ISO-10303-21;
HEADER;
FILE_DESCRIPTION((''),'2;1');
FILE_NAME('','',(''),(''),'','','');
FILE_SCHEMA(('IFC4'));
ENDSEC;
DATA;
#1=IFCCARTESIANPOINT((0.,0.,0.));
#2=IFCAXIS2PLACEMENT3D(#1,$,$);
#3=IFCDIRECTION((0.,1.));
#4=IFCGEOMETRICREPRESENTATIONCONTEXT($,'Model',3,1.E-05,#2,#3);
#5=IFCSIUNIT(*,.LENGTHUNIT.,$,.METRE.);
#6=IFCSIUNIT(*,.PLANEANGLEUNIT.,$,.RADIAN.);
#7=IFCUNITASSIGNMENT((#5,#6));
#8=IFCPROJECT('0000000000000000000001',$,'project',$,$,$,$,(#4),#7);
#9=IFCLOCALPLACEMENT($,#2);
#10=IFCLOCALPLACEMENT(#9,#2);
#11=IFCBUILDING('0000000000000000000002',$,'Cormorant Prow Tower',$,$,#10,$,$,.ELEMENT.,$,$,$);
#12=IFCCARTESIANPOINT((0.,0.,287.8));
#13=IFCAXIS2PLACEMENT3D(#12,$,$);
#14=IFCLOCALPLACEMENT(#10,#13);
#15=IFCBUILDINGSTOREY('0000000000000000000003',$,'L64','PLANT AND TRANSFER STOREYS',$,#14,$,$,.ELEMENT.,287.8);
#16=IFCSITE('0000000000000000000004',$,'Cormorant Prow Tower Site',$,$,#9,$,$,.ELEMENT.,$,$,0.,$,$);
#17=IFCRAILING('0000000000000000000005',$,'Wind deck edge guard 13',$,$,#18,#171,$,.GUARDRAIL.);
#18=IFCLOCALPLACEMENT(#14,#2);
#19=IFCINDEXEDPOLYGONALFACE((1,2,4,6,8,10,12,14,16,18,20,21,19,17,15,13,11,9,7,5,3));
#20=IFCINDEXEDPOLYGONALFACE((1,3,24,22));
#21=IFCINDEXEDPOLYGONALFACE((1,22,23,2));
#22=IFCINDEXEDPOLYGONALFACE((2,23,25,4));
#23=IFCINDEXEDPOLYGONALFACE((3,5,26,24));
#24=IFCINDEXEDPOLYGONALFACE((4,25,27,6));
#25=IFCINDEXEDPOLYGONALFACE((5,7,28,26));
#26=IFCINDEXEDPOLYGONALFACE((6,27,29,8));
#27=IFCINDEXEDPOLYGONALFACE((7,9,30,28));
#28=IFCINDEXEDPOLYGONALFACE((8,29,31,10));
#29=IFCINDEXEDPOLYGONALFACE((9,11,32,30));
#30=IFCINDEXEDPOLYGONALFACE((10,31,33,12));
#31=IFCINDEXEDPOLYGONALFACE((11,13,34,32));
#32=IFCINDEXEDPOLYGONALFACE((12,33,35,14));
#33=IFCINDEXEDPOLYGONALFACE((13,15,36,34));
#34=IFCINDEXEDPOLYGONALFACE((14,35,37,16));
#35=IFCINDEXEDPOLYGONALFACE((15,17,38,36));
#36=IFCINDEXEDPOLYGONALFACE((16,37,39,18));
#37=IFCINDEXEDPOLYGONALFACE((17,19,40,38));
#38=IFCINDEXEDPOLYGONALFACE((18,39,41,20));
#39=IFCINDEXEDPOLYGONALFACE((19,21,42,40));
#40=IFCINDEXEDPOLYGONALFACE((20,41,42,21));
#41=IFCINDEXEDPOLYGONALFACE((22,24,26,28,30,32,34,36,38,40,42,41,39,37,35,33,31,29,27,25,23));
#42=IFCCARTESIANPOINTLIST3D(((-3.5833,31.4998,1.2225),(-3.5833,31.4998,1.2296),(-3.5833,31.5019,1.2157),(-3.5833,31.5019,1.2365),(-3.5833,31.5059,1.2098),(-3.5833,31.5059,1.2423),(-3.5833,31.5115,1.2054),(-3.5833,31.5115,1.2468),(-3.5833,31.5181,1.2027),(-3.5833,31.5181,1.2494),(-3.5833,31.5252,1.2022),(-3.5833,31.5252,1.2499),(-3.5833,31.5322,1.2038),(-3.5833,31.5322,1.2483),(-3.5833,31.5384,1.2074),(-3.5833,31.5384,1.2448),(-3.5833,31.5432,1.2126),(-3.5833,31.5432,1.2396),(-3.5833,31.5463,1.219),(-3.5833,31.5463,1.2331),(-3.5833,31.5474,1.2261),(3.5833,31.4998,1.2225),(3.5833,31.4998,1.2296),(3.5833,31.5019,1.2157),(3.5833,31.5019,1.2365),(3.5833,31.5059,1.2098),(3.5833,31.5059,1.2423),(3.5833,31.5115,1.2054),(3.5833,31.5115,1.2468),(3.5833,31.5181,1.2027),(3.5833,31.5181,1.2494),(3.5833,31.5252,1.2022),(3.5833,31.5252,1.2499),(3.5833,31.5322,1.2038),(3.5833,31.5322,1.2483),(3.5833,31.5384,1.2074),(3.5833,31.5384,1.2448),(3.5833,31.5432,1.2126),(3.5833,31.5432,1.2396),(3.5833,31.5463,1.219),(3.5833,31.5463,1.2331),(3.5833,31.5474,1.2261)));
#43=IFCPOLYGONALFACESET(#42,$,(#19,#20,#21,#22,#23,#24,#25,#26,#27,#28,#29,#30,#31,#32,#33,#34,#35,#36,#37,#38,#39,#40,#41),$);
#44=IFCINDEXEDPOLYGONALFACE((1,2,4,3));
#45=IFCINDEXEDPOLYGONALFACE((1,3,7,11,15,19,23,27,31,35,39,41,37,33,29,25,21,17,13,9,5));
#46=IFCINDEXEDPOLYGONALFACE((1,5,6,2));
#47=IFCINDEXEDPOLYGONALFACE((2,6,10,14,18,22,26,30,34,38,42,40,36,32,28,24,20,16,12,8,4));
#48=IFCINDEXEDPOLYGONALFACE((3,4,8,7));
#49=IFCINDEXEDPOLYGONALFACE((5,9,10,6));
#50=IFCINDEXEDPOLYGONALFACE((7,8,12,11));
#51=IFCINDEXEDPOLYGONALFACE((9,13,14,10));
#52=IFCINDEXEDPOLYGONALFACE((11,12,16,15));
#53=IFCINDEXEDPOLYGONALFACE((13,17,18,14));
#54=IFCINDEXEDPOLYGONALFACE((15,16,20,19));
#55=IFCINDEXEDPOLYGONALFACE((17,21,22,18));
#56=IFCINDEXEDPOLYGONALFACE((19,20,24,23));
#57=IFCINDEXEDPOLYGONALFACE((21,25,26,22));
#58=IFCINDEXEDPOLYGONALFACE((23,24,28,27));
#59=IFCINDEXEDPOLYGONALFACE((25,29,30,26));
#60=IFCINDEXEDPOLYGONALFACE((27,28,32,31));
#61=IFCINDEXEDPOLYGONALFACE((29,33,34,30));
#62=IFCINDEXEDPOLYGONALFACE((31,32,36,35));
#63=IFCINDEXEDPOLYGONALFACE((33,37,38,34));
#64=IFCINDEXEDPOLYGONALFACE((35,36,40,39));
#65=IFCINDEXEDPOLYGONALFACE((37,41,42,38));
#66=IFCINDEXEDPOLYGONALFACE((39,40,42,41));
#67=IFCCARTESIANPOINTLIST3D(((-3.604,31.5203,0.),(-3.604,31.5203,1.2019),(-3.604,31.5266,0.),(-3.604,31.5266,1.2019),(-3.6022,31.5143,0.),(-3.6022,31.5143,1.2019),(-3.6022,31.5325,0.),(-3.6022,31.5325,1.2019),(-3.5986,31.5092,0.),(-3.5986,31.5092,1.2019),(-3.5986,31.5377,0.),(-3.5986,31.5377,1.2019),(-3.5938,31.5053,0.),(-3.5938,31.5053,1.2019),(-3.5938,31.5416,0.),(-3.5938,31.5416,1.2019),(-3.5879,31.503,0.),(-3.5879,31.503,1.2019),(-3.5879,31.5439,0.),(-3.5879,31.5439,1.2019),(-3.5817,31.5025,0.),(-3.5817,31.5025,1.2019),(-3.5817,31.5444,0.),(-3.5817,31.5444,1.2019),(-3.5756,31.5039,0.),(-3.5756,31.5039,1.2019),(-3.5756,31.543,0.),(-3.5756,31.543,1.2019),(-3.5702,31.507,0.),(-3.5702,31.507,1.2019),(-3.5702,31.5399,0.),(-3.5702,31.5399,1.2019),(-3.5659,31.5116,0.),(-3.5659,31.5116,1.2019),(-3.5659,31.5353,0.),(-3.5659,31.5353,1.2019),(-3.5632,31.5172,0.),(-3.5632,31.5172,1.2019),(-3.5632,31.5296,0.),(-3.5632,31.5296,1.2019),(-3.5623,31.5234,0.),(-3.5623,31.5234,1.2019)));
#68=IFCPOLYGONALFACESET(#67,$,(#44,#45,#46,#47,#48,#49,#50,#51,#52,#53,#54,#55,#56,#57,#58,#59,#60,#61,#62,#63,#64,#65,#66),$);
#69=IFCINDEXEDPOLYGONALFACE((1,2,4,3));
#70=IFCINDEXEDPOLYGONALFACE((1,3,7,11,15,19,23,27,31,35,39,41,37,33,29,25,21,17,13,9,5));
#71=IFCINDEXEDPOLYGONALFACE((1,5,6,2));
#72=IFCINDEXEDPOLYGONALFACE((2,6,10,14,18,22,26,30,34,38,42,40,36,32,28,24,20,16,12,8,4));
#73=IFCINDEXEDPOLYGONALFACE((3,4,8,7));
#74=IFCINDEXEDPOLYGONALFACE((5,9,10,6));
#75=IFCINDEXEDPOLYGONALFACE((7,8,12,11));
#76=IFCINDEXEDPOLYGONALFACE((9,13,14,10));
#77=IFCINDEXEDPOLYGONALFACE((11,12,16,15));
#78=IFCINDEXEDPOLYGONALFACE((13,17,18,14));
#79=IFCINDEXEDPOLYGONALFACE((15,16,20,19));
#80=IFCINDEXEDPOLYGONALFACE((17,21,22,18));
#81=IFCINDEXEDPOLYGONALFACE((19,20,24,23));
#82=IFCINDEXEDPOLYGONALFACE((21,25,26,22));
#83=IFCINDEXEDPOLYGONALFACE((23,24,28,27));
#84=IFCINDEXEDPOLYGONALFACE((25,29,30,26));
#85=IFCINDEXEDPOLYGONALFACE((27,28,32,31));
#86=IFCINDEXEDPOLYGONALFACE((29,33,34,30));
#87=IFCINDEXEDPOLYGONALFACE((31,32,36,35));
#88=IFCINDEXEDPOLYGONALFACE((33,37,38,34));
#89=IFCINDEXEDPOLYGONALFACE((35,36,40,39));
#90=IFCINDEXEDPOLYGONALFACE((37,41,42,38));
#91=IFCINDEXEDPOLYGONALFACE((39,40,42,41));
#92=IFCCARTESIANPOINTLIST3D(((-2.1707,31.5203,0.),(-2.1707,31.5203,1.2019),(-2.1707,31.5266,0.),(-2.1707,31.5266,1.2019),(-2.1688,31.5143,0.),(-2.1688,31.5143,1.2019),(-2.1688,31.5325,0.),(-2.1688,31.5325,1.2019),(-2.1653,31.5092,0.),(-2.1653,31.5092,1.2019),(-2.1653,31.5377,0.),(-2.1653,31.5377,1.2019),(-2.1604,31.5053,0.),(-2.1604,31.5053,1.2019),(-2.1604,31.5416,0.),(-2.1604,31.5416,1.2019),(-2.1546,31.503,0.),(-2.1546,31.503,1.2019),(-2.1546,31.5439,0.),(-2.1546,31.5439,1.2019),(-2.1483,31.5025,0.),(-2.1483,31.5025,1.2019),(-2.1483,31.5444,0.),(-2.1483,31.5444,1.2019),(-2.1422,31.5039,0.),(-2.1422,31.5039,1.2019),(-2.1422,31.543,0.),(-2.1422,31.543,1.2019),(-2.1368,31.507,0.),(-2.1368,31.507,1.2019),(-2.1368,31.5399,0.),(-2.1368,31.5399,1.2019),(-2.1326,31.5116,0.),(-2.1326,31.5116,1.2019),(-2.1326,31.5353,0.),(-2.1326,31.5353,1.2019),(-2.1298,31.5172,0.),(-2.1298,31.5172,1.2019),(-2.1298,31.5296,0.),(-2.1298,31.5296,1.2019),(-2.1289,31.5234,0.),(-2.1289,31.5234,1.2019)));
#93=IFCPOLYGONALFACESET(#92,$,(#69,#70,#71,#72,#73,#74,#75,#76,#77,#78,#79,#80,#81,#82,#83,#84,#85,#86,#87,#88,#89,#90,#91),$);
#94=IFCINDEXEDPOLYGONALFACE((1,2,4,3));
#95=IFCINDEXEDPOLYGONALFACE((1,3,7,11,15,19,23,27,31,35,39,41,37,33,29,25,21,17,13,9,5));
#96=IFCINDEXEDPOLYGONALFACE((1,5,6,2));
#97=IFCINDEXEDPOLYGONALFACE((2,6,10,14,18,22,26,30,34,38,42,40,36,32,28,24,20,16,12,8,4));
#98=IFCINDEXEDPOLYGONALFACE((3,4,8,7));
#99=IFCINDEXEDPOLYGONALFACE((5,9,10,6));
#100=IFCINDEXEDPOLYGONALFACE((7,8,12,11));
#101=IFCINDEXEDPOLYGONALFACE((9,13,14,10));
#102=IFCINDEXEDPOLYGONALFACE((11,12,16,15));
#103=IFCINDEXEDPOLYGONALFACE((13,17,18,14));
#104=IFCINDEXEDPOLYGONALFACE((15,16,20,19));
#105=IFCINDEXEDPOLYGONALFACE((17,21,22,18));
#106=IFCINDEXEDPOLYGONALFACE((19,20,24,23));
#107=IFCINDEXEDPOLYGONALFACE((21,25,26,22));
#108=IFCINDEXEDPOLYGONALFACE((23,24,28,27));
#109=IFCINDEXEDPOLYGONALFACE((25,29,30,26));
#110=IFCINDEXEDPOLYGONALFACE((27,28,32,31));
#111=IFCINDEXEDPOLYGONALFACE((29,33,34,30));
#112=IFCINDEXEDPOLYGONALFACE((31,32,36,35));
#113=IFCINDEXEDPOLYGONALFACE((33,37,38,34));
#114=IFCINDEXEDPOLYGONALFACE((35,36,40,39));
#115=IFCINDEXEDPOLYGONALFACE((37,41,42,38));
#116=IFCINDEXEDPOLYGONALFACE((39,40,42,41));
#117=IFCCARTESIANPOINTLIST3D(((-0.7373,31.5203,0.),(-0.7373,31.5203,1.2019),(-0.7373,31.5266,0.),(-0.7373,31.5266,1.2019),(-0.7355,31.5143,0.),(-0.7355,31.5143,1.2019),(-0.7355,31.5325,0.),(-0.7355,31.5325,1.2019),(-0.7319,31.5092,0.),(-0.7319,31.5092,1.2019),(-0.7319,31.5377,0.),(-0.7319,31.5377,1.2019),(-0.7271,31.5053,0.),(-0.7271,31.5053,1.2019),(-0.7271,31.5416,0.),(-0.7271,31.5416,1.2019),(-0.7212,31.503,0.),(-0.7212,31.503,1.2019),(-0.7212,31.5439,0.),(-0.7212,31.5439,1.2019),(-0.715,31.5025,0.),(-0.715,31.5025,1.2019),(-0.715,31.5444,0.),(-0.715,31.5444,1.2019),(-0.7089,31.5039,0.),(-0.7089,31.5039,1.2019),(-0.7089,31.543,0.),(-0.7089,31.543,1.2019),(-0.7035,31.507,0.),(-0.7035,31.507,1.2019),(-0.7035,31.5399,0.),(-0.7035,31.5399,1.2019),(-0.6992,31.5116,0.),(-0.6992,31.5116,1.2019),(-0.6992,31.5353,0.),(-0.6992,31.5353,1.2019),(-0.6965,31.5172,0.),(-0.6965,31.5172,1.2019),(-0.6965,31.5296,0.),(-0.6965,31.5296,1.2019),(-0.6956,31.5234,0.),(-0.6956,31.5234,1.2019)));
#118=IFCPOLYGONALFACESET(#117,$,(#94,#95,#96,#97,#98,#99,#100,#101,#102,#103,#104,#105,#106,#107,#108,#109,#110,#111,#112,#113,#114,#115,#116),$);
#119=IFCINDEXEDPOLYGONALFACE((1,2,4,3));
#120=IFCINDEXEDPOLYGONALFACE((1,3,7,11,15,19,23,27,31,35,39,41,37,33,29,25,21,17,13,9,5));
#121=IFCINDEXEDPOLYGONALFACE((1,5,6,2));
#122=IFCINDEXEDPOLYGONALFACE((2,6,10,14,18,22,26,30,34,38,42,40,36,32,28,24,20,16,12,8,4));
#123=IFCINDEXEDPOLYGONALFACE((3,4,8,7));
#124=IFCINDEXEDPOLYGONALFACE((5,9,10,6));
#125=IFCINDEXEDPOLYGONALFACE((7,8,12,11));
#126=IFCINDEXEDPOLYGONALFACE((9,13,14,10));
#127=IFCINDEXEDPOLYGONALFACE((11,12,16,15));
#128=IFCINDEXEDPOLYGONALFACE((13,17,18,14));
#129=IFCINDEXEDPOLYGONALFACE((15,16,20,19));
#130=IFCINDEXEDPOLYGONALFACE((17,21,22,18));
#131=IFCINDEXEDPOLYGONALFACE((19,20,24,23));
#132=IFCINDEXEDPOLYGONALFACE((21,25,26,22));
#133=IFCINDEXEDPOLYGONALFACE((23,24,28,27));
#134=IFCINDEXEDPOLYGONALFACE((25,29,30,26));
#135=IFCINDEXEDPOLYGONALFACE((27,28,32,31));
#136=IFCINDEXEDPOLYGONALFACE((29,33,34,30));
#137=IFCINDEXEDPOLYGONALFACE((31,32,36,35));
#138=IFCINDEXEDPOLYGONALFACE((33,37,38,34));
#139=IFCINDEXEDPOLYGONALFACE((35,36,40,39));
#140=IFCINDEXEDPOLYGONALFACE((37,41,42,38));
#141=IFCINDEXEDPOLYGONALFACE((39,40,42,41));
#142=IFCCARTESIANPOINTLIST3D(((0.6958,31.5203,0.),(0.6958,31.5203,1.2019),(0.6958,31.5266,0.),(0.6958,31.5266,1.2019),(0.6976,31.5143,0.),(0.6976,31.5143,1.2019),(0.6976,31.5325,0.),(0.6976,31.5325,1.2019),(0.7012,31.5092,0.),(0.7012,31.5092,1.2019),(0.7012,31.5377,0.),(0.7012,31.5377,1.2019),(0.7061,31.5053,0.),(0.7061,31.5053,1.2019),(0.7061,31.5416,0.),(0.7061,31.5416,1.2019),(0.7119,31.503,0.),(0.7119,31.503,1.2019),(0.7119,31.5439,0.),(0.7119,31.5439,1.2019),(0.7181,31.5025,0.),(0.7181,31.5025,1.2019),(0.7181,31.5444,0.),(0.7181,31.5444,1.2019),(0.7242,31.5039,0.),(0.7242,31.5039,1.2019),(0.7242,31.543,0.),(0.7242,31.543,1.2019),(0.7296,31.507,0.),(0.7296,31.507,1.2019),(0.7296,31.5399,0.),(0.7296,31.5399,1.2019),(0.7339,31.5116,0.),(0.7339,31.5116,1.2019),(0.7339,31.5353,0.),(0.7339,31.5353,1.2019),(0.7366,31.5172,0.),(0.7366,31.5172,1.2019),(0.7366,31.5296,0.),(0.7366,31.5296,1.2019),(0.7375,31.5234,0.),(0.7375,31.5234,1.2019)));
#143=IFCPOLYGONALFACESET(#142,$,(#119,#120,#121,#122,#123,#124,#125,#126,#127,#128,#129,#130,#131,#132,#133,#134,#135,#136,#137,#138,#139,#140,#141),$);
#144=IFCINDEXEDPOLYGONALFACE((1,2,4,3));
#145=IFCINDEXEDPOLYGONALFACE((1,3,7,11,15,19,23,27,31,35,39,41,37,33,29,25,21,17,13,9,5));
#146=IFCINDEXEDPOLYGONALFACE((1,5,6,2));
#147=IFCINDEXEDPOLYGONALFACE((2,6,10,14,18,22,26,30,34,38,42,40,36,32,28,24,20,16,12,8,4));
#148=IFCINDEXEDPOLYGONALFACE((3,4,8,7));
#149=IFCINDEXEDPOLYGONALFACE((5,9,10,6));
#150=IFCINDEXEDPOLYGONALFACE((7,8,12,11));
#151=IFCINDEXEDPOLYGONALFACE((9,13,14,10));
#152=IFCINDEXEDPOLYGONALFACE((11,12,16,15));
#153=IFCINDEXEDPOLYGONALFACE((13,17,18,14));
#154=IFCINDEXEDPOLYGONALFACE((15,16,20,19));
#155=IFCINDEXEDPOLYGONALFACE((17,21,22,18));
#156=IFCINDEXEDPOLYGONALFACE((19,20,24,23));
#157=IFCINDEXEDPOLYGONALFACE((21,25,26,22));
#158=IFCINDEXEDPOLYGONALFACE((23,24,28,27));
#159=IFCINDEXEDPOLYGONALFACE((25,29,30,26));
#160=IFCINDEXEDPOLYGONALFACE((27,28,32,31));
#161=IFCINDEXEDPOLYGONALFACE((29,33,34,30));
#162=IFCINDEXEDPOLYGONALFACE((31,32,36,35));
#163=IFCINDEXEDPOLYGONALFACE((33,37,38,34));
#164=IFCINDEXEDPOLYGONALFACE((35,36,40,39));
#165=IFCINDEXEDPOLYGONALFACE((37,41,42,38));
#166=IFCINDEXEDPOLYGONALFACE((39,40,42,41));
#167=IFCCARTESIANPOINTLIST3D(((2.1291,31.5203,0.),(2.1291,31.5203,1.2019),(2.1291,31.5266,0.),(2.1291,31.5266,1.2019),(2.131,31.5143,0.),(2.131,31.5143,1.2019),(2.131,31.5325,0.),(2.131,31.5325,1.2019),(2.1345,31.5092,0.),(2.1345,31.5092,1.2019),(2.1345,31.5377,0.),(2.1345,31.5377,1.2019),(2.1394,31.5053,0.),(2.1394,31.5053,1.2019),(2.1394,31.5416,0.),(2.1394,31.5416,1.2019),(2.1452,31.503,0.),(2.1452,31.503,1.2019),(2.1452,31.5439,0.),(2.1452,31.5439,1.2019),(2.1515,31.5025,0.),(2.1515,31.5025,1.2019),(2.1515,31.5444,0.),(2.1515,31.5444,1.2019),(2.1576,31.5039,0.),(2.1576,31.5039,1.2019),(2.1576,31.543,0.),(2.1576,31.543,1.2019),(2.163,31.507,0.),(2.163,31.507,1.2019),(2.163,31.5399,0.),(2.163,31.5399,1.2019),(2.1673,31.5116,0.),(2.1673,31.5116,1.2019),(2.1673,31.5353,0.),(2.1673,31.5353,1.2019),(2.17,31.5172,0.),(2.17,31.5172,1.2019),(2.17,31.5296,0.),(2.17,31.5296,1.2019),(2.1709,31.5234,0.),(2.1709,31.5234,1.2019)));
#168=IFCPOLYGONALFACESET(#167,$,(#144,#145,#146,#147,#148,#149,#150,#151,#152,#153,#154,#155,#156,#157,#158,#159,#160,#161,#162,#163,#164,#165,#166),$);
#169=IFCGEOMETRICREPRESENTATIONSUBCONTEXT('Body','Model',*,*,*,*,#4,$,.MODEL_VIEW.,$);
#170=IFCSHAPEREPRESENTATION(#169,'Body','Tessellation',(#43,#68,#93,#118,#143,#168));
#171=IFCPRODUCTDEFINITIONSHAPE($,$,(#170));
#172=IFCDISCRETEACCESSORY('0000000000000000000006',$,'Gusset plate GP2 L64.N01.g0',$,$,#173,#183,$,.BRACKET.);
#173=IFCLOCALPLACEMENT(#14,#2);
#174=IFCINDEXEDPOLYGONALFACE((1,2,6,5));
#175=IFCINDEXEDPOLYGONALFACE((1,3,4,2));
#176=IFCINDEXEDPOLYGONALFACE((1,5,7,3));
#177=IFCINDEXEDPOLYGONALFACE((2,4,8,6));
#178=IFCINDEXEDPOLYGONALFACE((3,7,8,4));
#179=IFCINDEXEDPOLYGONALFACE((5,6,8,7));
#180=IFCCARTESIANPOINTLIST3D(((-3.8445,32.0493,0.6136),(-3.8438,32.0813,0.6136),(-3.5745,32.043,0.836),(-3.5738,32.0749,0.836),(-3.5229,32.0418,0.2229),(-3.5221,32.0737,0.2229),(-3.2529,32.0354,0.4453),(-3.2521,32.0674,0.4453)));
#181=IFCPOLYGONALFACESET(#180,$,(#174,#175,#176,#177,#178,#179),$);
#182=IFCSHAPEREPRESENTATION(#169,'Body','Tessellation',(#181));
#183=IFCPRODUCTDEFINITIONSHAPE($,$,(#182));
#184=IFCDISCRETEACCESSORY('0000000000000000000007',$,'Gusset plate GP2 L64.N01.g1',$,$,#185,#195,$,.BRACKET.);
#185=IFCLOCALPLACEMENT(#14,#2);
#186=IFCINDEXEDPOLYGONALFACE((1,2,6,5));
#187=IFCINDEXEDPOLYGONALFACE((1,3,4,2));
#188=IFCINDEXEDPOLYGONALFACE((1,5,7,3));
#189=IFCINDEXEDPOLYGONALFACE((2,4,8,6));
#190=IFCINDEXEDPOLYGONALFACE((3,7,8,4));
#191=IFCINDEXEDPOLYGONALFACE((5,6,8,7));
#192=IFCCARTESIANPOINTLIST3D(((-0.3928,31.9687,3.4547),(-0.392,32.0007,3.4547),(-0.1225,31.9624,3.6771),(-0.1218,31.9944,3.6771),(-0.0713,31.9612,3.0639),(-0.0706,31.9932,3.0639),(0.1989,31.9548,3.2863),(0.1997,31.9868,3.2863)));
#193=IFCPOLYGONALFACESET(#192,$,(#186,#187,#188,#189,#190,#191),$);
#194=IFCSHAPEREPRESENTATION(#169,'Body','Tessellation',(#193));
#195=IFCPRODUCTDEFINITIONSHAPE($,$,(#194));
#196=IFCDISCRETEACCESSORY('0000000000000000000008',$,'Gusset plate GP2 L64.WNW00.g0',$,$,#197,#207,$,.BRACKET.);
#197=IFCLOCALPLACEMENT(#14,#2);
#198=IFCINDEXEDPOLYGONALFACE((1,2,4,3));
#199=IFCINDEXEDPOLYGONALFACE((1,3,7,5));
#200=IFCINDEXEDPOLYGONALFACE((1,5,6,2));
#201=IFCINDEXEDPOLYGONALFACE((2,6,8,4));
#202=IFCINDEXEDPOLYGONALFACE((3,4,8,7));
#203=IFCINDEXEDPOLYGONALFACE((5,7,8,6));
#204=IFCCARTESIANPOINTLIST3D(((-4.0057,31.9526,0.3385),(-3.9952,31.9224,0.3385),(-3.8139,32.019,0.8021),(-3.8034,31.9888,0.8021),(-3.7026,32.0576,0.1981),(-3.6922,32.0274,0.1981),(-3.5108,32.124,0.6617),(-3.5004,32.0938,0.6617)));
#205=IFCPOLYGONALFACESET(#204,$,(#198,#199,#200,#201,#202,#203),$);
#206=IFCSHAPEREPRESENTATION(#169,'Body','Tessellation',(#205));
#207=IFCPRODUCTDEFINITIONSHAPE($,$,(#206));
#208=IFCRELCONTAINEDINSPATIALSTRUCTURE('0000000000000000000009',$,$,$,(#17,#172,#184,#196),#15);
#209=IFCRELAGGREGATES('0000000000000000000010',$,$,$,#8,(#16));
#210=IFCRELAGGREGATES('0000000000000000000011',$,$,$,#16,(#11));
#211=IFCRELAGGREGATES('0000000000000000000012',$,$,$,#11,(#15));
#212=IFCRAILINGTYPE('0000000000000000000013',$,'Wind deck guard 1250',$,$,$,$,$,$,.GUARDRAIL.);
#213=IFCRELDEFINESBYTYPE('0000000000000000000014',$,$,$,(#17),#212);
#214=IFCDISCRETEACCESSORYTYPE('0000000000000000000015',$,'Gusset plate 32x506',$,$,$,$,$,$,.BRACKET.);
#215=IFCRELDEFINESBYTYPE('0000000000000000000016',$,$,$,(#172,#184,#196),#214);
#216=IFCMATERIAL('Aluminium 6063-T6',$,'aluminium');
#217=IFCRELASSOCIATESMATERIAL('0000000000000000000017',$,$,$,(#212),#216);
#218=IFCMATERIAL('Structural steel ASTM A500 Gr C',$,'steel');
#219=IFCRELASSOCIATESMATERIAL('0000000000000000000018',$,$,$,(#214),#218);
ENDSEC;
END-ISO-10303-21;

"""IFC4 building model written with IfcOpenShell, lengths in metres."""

from ifc_helpers import new_model, si_unit, direction, frame, origin, origin_2d, place, context, subcontext, project, spatial, rectangle, circle, extrude, material, material_profile, profile_set, type_object, element, save


model = new_model("IFC4")

# Units and contexts
model_context = context("Model", 3, precision=1e-05, world=origin(), true_north=direction((0.0, 1.0)))
body_context = subcontext(model_context, "Body", "Model", "MODEL_VIEW")
ifc_project = project(units=[si_unit("LENGTHUNIT", "METRE"), si_unit("PLANEANGLEUNIT", "RADIAN")], contexts=[model_context])

# Site, building, storey
site_placement = place(None, origin())
site = spatial("IfcSite", under=ifc_project, at=site_placement, Name="Cormorant Prow Tower Site", CompositionType="ELEMENT", RefElevation=0.0)
building_placement = place(site_placement, origin())
building = spatial("IfcBuilding", under=site, at=building_placement, Name="Cormorant Prow Tower", CompositionType="ELEMENT")
storey_placement = place(building_placement, frame((0.0, 0.0, 287.8)))
storey = spatial("IfcBuildingStorey", under=building, at=storey_placement, Name="L64", Description="PLANT AND TRANSFER STOREYS", CompositionType="ELEMENT", Elevation=287.8)

# Railing
ifc_material_1 = material(Name="Aluminium 6063-T6", Category="aluminium")
railing_type = type_object("IfcRailingType", Name="Wind deck guard 1250", PredefinedType="GUARDRAIL", material=ifc_material_1)
railing_1_placement = place(storey_placement, frame((-3.5833, 31.5234, 0.0)))
element("IfcRailing", 1, at=railing_1_placement, inside=storey, type_object=railing_type, Name="Wind deck edge guard 13", PredefinedType="GUARDRAIL", context=body_context, shape_type="SweptSolid", body=[
    extrude(circle(Radius=0.0239, at=origin_2d()), frame((0.0, 0.0, 1.2261), z_axis=(1.0, 0.0, 0.0), x_axis=(0.0, 1.0, 0.0)), (0.0, 0.0, 1.0), 7.1665),
    extrude(circle(Radius=0.021, at=origin_2d()), origin(), (0.0, 0.0, 1.0), 1.2019),
    extrude(circle(Radius=0.021, at=origin_2d()), frame((1.4333, 0.0, 0.0)), (0.0, 0.0, 1.0), 1.2019),
    extrude(circle(Radius=0.021, at=origin_2d()), frame((2.8667, 0.0, 0.0)), (0.0, 0.0, 1.0), 1.2019),
    extrude(circle(Radius=0.021, at=origin_2d()), frame((4.2998, 0.0, 0.0)), (0.0, 0.0, 1.0), 1.2019),
    extrude(circle(Radius=0.021, at=origin_2d()), frame((5.7332, 0.0, 0.0)), (0.0, 0.0, 1.0), 1.2019),
])

# Discrete accessories
ifc_material_2 = material(Name="Structural steel ASTM A500 Gr C", Category="steel")
ifc_material_profile_1 = material_profile(ifc_material_2, rectangle(XDim=0.032, YDim=0.5061, at=origin_2d()), Name="Gusset plate 32x506")
ifc_profile_set_1 = profile_set([ifc_material_profile_1], Name="Structural steel ASTM A500 Gr C")
discrete_accessory_type_1 = type_object("IfcDiscreteAccessoryType", Name="Gusset plate 32x506", PredefinedType="BRACKET", material=ifc_profile_set_1)
discrete_accessory_1_placement = place(storey_placement, frame((-3.4133, 32.0552, 0.6406), z_axis=(-0.771743, 0.018142, -0.635676), x_axis=(-0.023502, -0.999724, 0.0)))
element("IfcDiscreteAccessory", 2, at=discrete_accessory_1_placement, inside=storey, type_object=discrete_accessory_type_1, Name="Gusset plate GP2 L64.N01.g0", PredefinedType="BRACKET", context=body_context, shape_type="SweptSolid", body=[
    extrude(rectangle(XDim=0.032, YDim=0.5061, at=origin_2d()), origin(), (0.0, 0.0, 1.0), 0.3499),
])
for number, where, z_axis, x_axis, name in (
    (3, (-0.2317, 31.981, 3.2593), (0.772025, -0.018132, 0.635334), (0.02348, 0.999724, 0.0), "Gusset plate GP2 L64.N01.g1"),
    (4, (-3.9045, 31.9707, 0.5703), (0.865569, 0.299915, -0.401049), (-0.327398, 0.944886, 0.0), "Gusset plate GP2 L64.WNW00.g0"),
):
    element("IfcDiscreteAccessory", number, at=place(storey_placement, frame(where, z_axis=z_axis, x_axis=x_axis)), inside=storey, type_object=discrete_accessory_type_1, Name=name, PredefinedType="BRACKET", context=body_context, shape_type="SweptSolid", body=[
        extrude(rectangle(XDim=0.032, YDim=0.5061, at=origin_2d()), origin(), (0.0, 0.0, 1.0), 0.3501),
    ])

save(model, "model.ifc")
